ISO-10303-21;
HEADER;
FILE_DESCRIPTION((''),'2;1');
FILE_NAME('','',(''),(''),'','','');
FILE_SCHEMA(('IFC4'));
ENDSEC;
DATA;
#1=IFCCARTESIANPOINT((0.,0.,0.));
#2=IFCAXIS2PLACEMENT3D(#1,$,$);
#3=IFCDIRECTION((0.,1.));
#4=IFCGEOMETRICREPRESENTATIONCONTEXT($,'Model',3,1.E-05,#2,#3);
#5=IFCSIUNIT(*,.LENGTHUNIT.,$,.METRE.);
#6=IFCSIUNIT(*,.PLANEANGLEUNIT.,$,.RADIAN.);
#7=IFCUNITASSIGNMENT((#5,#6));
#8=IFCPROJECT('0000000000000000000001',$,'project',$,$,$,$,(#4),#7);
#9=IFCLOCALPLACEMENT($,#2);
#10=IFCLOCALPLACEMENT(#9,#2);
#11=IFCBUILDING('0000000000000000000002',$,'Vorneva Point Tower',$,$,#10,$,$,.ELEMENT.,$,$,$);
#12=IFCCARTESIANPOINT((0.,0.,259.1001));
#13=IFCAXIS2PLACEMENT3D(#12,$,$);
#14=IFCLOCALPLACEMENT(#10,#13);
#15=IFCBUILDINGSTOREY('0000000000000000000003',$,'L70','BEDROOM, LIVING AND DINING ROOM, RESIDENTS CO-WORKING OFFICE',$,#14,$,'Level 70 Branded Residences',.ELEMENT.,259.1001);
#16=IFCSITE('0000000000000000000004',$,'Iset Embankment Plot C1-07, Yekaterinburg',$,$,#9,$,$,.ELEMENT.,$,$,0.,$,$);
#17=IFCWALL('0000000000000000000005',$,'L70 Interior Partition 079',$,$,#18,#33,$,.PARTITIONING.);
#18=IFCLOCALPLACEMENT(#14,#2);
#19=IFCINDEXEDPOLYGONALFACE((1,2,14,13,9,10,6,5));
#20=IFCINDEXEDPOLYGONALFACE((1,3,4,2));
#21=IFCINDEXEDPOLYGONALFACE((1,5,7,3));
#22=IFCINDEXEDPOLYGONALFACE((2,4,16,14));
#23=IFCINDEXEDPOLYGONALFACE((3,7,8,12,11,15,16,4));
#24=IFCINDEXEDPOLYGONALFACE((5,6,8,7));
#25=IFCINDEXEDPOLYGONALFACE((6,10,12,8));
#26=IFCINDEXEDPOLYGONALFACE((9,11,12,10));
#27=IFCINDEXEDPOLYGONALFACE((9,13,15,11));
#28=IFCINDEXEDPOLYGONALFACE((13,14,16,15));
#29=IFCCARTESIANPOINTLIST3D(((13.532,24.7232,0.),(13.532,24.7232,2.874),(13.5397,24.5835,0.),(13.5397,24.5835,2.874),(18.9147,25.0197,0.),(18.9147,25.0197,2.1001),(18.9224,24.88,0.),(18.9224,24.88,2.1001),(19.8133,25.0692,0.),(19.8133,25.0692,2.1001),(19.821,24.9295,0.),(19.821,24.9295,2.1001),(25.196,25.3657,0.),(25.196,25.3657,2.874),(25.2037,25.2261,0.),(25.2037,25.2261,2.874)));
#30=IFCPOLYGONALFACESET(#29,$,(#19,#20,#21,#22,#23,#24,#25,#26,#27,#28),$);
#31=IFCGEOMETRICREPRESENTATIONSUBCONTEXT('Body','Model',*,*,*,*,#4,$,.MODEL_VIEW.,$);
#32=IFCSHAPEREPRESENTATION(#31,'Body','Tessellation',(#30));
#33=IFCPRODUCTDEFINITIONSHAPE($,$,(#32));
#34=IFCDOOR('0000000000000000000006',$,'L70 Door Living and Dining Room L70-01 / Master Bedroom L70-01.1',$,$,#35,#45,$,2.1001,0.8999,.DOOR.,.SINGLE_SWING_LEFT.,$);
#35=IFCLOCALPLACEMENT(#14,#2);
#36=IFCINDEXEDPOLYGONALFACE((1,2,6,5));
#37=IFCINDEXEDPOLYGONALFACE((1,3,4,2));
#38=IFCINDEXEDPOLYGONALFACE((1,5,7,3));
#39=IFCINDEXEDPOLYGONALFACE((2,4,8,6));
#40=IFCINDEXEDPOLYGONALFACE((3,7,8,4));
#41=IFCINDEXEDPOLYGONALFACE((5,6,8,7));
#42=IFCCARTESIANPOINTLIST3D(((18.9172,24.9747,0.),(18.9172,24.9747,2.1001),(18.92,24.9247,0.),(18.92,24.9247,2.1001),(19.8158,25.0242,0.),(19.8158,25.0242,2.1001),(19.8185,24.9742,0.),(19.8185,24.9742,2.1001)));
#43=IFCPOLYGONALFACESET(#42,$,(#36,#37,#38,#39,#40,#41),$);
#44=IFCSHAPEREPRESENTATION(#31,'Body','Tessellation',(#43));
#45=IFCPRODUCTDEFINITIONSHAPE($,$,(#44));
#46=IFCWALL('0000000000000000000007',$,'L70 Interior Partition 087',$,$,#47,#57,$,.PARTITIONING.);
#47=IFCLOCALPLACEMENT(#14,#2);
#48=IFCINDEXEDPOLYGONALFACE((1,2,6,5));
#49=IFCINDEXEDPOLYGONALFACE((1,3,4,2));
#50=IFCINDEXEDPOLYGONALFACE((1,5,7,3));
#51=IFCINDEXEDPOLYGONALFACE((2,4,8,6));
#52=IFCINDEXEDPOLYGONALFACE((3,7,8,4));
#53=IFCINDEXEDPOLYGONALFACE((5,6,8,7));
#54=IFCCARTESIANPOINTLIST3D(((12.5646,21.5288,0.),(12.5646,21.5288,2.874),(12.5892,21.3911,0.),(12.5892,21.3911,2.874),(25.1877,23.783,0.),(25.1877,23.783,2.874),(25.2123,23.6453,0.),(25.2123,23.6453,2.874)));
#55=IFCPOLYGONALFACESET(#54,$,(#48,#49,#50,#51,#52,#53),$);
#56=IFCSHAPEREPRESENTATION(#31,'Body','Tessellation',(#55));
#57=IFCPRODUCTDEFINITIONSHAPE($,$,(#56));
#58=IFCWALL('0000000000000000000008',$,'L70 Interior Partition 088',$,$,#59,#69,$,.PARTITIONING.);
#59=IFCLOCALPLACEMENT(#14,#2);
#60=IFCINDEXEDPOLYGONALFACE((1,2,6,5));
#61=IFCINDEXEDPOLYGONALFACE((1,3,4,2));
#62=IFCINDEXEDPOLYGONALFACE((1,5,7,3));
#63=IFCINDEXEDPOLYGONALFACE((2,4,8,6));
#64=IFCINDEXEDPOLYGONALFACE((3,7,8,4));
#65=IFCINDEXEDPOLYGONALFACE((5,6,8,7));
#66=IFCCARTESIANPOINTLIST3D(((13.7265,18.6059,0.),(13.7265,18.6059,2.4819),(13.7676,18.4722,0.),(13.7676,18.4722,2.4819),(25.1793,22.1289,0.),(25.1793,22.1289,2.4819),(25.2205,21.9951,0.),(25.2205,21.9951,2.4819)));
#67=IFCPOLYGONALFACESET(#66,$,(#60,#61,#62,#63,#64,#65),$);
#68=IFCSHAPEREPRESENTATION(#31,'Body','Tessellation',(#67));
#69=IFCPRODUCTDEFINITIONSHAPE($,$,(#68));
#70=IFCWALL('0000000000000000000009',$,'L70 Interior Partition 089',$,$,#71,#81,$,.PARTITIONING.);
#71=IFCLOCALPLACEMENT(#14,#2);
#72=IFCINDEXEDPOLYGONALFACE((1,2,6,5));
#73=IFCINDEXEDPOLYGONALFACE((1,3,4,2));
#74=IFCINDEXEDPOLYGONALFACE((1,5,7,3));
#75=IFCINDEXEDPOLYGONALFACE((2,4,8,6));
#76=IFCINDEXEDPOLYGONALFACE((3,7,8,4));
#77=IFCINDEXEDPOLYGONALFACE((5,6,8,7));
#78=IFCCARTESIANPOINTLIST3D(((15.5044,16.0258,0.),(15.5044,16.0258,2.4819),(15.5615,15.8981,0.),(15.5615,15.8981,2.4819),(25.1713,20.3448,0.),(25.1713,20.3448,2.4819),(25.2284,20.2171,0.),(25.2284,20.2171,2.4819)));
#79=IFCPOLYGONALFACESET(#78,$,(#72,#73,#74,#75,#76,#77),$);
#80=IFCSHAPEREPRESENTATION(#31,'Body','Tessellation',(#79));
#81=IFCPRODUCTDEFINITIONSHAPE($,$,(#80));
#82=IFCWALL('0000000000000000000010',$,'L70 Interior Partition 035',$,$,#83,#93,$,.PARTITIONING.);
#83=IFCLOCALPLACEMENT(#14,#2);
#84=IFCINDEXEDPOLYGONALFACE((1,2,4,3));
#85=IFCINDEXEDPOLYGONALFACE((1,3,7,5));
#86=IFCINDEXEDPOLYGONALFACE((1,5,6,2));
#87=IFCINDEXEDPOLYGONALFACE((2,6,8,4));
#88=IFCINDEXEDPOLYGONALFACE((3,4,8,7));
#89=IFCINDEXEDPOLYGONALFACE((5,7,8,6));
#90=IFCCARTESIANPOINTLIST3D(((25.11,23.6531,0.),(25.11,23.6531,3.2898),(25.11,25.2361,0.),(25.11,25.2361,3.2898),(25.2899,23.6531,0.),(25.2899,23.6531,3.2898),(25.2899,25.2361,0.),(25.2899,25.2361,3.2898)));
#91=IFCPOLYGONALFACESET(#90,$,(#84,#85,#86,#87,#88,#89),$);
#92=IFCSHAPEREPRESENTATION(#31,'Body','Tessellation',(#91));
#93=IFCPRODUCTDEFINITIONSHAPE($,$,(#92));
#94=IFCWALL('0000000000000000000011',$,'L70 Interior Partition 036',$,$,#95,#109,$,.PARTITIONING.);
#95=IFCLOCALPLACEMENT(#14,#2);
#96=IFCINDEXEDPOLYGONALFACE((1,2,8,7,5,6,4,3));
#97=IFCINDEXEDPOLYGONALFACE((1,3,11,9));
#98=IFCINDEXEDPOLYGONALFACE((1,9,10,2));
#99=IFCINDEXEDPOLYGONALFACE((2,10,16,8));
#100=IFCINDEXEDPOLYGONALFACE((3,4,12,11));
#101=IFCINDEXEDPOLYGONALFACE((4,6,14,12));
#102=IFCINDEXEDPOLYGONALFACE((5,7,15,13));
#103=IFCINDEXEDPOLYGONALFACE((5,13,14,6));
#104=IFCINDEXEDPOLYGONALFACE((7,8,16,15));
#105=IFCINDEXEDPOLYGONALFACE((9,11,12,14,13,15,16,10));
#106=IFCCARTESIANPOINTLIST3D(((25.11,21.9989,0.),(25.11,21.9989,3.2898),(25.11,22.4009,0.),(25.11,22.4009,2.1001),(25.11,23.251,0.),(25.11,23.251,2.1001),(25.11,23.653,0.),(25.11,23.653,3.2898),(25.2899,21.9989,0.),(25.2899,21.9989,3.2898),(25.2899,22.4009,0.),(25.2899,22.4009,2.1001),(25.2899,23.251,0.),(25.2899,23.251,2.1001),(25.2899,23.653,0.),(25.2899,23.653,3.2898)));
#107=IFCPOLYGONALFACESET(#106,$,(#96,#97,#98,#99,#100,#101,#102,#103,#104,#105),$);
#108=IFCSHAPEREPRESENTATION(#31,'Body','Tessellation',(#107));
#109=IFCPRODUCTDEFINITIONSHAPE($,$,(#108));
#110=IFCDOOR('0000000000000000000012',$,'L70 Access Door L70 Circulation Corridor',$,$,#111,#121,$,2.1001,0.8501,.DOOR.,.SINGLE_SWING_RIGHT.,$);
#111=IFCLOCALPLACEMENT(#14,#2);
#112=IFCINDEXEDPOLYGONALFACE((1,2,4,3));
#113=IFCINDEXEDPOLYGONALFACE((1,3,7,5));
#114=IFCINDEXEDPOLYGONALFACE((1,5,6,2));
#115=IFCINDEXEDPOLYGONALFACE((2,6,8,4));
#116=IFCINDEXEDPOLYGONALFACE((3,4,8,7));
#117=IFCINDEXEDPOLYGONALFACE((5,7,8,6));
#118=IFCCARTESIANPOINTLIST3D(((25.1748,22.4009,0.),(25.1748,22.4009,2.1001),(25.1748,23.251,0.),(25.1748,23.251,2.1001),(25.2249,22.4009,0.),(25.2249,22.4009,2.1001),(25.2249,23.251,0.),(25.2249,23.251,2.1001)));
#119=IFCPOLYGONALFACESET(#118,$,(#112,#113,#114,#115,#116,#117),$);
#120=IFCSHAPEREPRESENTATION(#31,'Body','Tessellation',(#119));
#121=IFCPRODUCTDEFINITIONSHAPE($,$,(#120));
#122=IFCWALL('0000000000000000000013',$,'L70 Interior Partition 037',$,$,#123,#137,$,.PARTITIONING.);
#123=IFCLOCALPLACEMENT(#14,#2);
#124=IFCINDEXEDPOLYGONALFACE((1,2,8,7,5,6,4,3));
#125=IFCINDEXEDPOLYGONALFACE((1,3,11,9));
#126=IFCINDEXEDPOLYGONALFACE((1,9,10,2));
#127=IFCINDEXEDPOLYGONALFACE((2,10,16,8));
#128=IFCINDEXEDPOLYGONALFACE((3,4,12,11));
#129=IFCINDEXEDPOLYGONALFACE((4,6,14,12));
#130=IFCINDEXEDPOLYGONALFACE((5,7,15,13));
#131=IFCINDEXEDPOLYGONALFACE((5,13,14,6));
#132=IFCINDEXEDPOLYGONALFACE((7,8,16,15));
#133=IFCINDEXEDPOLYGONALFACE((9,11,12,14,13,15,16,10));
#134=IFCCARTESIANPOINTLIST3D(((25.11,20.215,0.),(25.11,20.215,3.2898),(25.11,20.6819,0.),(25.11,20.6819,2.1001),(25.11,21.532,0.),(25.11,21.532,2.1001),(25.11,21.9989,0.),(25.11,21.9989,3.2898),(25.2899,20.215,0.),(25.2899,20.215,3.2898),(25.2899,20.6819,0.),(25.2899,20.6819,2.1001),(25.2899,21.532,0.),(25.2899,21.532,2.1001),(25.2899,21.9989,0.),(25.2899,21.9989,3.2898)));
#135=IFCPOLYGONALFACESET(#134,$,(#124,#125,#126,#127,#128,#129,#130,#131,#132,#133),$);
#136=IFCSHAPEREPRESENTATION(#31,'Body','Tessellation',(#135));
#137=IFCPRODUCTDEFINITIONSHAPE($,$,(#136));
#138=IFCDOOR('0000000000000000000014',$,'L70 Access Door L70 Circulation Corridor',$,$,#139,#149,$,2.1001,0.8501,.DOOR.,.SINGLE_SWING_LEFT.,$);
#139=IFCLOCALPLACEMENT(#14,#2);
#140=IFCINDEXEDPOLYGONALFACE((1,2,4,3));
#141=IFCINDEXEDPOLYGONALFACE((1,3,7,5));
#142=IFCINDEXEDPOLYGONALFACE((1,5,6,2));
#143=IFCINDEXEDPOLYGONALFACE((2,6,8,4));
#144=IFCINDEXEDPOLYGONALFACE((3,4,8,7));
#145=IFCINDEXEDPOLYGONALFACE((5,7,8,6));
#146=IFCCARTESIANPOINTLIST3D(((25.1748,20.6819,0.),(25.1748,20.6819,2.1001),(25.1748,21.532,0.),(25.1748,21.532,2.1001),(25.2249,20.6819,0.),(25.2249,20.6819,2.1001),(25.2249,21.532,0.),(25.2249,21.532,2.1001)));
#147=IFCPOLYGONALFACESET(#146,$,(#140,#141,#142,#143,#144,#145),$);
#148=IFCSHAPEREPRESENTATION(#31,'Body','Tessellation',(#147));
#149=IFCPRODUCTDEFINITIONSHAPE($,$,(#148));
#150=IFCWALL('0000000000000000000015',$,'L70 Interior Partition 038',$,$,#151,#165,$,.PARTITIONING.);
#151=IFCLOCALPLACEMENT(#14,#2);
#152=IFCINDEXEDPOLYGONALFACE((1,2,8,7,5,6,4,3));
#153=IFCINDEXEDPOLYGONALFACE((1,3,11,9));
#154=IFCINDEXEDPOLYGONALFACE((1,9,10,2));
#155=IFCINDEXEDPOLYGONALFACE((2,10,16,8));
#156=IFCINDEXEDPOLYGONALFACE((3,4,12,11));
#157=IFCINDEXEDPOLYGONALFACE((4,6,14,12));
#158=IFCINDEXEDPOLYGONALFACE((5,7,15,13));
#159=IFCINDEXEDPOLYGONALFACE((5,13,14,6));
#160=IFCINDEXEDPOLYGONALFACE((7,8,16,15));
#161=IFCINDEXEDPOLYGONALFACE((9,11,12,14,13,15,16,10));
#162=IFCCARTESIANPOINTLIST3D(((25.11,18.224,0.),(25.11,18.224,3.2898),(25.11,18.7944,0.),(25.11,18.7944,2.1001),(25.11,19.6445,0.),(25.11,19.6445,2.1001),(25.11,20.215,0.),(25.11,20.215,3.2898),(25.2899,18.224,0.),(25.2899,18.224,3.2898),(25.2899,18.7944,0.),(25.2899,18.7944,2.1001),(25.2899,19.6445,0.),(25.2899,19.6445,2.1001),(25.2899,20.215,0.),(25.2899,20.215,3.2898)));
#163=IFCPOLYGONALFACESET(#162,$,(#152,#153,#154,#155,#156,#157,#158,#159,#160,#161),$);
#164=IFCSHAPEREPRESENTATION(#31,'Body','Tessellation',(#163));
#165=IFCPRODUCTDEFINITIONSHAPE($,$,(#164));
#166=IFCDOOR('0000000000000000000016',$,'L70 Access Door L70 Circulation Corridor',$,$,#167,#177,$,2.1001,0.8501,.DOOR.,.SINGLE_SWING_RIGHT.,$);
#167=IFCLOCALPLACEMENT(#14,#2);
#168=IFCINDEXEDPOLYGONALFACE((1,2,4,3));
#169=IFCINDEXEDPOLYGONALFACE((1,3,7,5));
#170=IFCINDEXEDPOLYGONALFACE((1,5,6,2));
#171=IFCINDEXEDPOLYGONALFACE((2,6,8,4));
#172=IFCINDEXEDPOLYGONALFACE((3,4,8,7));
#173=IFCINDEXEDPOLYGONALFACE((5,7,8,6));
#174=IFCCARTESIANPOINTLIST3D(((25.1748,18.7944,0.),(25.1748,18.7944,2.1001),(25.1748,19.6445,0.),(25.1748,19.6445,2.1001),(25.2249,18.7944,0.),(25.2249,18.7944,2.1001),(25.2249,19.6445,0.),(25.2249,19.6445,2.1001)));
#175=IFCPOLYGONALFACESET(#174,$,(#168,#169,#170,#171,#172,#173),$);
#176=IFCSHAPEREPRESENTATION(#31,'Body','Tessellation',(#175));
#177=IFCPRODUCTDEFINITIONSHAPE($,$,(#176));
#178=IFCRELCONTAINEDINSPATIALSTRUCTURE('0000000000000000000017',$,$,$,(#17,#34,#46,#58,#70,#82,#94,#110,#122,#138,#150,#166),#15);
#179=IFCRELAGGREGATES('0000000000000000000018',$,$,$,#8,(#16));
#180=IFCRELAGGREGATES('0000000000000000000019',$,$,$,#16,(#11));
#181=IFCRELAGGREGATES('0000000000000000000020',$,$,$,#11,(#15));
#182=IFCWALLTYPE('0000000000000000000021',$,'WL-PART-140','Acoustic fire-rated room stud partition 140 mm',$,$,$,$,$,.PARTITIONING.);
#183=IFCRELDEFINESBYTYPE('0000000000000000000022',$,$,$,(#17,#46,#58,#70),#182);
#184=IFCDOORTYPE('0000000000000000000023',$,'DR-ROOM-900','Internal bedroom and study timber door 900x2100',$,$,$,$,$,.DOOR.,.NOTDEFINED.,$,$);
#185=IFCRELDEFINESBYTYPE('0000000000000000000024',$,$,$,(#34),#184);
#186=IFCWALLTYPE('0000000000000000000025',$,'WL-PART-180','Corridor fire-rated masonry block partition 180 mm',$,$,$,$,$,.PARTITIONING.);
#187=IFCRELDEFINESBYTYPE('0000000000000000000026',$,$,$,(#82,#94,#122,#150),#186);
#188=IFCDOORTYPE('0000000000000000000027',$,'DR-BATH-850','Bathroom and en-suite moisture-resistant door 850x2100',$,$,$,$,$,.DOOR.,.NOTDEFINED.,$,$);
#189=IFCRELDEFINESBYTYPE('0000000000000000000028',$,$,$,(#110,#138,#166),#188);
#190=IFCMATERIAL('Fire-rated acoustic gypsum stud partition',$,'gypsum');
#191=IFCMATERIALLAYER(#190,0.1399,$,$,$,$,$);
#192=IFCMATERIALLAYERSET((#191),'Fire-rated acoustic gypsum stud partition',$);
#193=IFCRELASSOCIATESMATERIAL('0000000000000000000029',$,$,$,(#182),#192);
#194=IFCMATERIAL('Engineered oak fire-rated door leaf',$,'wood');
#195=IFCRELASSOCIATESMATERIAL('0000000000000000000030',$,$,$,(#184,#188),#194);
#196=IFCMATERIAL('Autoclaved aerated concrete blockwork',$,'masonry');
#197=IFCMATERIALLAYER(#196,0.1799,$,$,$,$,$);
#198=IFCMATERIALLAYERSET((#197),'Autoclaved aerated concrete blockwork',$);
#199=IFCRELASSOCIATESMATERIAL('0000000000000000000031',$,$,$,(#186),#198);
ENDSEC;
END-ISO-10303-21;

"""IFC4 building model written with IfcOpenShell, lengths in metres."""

from ifc_helpers import new_model, si_unit, direction, frame, frame_2d, origin, place, context, subcontext, project, spatial, rectangle, extrude, material, layer, layer_set, type_object, element, fill, save


model = new_model("IFC4")

# Units and contexts
model_context = context("Model", 3, precision=1e-05, world=origin(), true_north=direction((0.0, 1.0)))
body_context = subcontext(model_context, "Body", "Model", "MODEL_VIEW")
ifc_project = project(units=[si_unit("LENGTHUNIT", "METRE"), si_unit("PLANEANGLEUNIT", "RADIAN")], contexts=[model_context])

# Site, building, storey
site_placement = place(None, origin())
site = spatial("IfcSite", under=ifc_project, at=site_placement, Name="Iset Embankment Plot C1-07, Yekaterinburg", CompositionType="ELEMENT", RefElevation=0.0)
building_placement = place(site_placement, origin())
building = spatial("IfcBuilding", under=site, at=building_placement, Name="Vorneva Point Tower", CompositionType="ELEMENT")
storey_placement = place(building_placement, frame((0.0, 0.0, 259.1001)))
storey = spatial("IfcBuildingStorey", under=building, at=storey_placement, Name="L70", Description="BEDROOM, LIVING AND DINING ROOM, RESIDENTS CO-WORKING OFFICE", LongName="Level 70 Branded Residences", CompositionType="ELEMENT", Elevation=259.1001)

# Shared definitions
ifc_material_1 = material(Name="Fire-rated acoustic gypsum stud partition", Category="gypsum")

# Wall, opening, door
ifc_layer_1 = layer(ifc_material_1, 0.1399)
ifc_layer_set_1 = layer_set([ifc_layer_1], Name="Fire-rated acoustic gypsum stud partition")
wall_type_1 = type_object("IfcWallType", Name="WL-PART-140", Description="Acoustic fire-rated room stud partition 140 mm", PredefinedType="PARTITIONING", material=ifc_layer_set_1)
wall_1_placement = place(storey_placement, frame((13.5359, 24.6533, 0.0), z_axis=(0.0, 0.0, 1.0), x_axis=(0.998486, 0.055007, 0.0)))
wall_1 = element("IfcWall", 1, at=wall_1_placement, inside=storey, type_object=wall_type_1, Name="L70 Interior Partition 079", PredefinedType="PARTITIONING", context=body_context, shape_type="SweptSolid", body=[
    extrude(rectangle(XDim=11.6816, YDim=0.1399, at=frame_2d((5.8408, 0.0))), origin(), (0.0, 0.0, 1.0), 2.874),
])
opening_1_placement = place(wall_1_placement, frame((5.3909, 0.0, 0.0)))
opening_1 = element("IfcOpeningElement", 2, at=opening_1_placement, cuts=wall_1, PredefinedType="OPENING", context=body_context, shape_type="SweptSolid", body=[
    extrude(rectangle(XDim=0.8999, YDim=2.1001, at=frame_2d((0.45, 1.05))), frame((0.0, 0.085, 0.0), z_axis=(0.0, -1.0, 0.0), x_axis=(1.0, 0.0, 0.0)), (0.0, 0.0, 1.0), 0.1697),
])
ifc_material_2 = material(Name="Engineered oak fire-rated door leaf", Category="wood")
door_type_1 = type_object("IfcDoorType", Name="DR-ROOM-900", Description="Internal bedroom and study timber door 900x2100", OperationType="NOTDEFINED", PredefinedType="DOOR", material=ifc_material_2)
door_1_placement = place(opening_1_placement, origin())
door_1 = element("IfcDoor", 3, at=door_1_placement, inside=storey, type_object=door_type_1, Name="L70 Door Living and Dining Room L70-01 / Master Bedroom L70-01.1", OperationType="SINGLE_SWING_LEFT", OverallHeight=2.1001, OverallWidth=0.8999, PredefinedType="DOOR", context=body_context, shape_type="SweptSolid", body=[
    extrude(rectangle(XDim=0.8999, YDim=2.1001, at=frame_2d((0.45, 1.05))), frame((0.0, 0.0249, 0.0), z_axis=(0.0, -1.0, 0.0), x_axis=(1.0, 0.0, 0.0)), (0.0, 0.0, 1.0), 0.05),
])
fill(opening_1, door_1)

# Walls
wall_2_placement = place(storey_placement, frame((12.5769, 21.46, 0.0), z_axis=(0.0, 0.0, 1.0), x_axis=(0.984427, 0.175793, 0.0)))
element("IfcWall", 4, at=wall_2_placement, inside=storey, type_object=wall_type_1, Name="L70 Interior Partition 087", PredefinedType="PARTITIONING", context=body_context, shape_type="SweptSolid", body=[
    extrude(rectangle(XDim=12.8228, YDim=0.1399, at=frame_2d((6.4114, 0.0))), origin(), (0.0, 0.0, 1.0), 2.874),
])
wall_3_placement = place(storey_placement, frame((13.7471, 18.5391, 0.0), z_axis=(0.0, 0.0, 1.0), x_axis=(0.955803, 0.294009, 0.0)))
element("IfcWall", 5, at=wall_3_placement, inside=storey, type_object=wall_type_1, Name="L70 Interior Partition 088", PredefinedType="PARTITIONING", context=body_context, shape_type="SweptSolid", body=[
    extrude(rectangle(XDim=11.9824, YDim=0.1399, at=frame_2d((5.9912, 0.0))), origin(), (0.0, 0.0, 1.0), 2.4819),
])
wall_4_placement = place(storey_placement, frame((15.533, 15.9619, 0.0), z_axis=(0.0, 0.0, 1.0), x_axis=(0.913016, 0.407924, 0.0)))
element("IfcWall", 6, at=wall_4_placement, inside=storey, type_object=wall_type_1, Name="L70 Interior Partition 089", PredefinedType="PARTITIONING", context=body_context, shape_type="SweptSolid", body=[
    extrude(rectangle(XDim=10.5879, YDim=0.1399, at=frame_2d((5.2939, 0.0))), origin(), (0.0, 0.0, 1.0), 2.4819),
])
ifc_material_3 = material(Name="Autoclaved aerated concrete blockwork", Category="masonry")
ifc_layer_2 = layer(ifc_material_3, 0.1799)
ifc_layer_set_2 = layer_set([ifc_layer_2], Name="Autoclaved aerated concrete blockwork")
wall_type_2 = type_object("IfcWallType", Name="WL-PART-180", Description="Corridor fire-rated masonry block partition 180 mm", PredefinedType="PARTITIONING", material=ifc_layer_set_2)
wall_5_placement = place(storey_placement, frame((25.2, 25.2361, 0.0), z_axis=(0.0, 0.0, 1.0), x_axis=(0.0, -1.0, 0.0)))
element("IfcWall", 7, at=wall_5_placement, inside=storey, type_object=wall_type_2, Name="L70 Interior Partition 035", PredefinedType="PARTITIONING", context=body_context, shape_type="SweptSolid", body=[
    extrude(rectangle(XDim=1.583, YDim=0.1799, at=frame_2d((0.7915, 0.0))), origin(), (0.0, 0.0, 1.0), 3.2898),
])

# Walls, openings, doors
wall_6_placement = place(storey_placement, frame((25.2, 23.6531, 0.0), z_axis=(0.0, 0.0, 1.0), x_axis=(0.0, -1.0, 0.0)))
wall_6 = element("IfcWall", 8, at=wall_6_placement, inside=storey, type_object=wall_type_2, Name="L70 Interior Partition 036", PredefinedType="PARTITIONING", context=body_context, shape_type="SweptSolid", body=[
    extrude(rectangle(XDim=1.6541, YDim=0.1799, at=frame_2d((0.8271, 0.0))), origin(), (0.0, 0.0, 1.0), 3.2898),
])
opening_2_placement = place(wall_6_placement, frame((0.4021, 0.0, 0.0)))
opening_2 = element("IfcOpeningElement", 9, at=opening_2_placement, cuts=wall_6, PredefinedType="OPENING", context=body_context, shape_type="SweptSolid", body=[
    extrude(rectangle(XDim=0.8501, YDim=2.1001, at=frame_2d((0.425, 1.05))), frame((0.0, 0.105, 0.0), z_axis=(0.0, -1.0, 0.0), x_axis=(1.0, 0.0, 0.0)), (0.0, 0.0, 1.0), 0.2097),
])
door_type_2 = type_object("IfcDoorType", Name="DR-BATH-850", Description="Bathroom and en-suite moisture-resistant door 850x2100", OperationType="NOTDEFINED", PredefinedType="DOOR", material=ifc_material_2)
door_2_placement = place(opening_2_placement, origin())
door_2 = element("IfcDoor", 10, at=door_2_placement, inside=storey, type_object=door_type_2, Name="L70 Access Door L70 Circulation Corridor", OperationType="SINGLE_SWING_RIGHT", OverallHeight=2.1001, OverallWidth=0.8501, PredefinedType="DOOR", context=body_context, shape_type="SweptSolid", body=[
    extrude(rectangle(XDim=0.8501, YDim=2.1001, at=frame_2d((0.425, 1.05))), frame((0.0, 0.0249, 0.0), z_axis=(0.0, -1.0, 0.0), x_axis=(1.0, 0.0, 0.0)), (0.0, 0.0, 1.0), 0.05),
])
fill(opening_2, door_2)
wall_7_placement = place(storey_placement, frame((25.2, 21.999, 0.0), z_axis=(0.0, 0.0, 1.0), x_axis=(0.0, -1.0, 0.0)))
wall_7 = element("IfcWall", 11, at=wall_7_placement, inside=storey, type_object=wall_type_2, Name="L70 Interior Partition 037", PredefinedType="PARTITIONING", context=body_context, shape_type="SweptSolid", body=[
    extrude(rectangle(XDim=1.7839, YDim=0.1799, at=frame_2d((0.8921, 0.0))), origin(), (0.0, 0.0, 1.0), 3.2898),
])
opening_3_placement = place(wall_7_placement, frame((0.467, 0.0, 0.0)))
opening_3 = element("IfcOpeningElement", 12, at=opening_3_placement, cuts=wall_7, PredefinedType="OPENING", context=body_context, shape_type="SweptSolid", body=[
    extrude(rectangle(XDim=0.8501, YDim=2.1001, at=frame_2d((0.425, 1.05))), frame((0.0, 0.105, 0.0), z_axis=(0.0, -1.0, 0.0), x_axis=(1.0, 0.0, 0.0)), (0.0, 0.0, 1.0), 0.2097),
])
door_3_placement = place(opening_3_placement, origin())
door_3 = element("IfcDoor", 13, at=door_3_placement, inside=storey, type_object=door_type_2, Name="L70 Access Door L70 Circulation Corridor", OperationType="SINGLE_SWING_LEFT", OverallHeight=2.1001, OverallWidth=0.8501, PredefinedType="DOOR", context=body_context, shape_type="SweptSolid", body=[
    extrude(rectangle(XDim=0.8501, YDim=2.1001, at=frame_2d((0.425, 1.05))), frame((0.0, 0.0249, 0.0), z_axis=(0.0, -1.0, 0.0), x_axis=(1.0, 0.0, 0.0)), (0.0, 0.0, 1.0), 0.05),
])
fill(opening_3, door_3)
wall_8_placement = place(storey_placement, frame((25.2, 20.2151, 0.0), z_axis=(0.0, 0.0, 1.0), x_axis=(0.0, -1.0, 0.0)))
wall_8 = element("IfcWall", 14, at=wall_8_placement, inside=storey, type_object=wall_type_2, Name="L70 Interior Partition 038", PredefinedType="PARTITIONING", context=body_context, shape_type="SweptSolid", body=[
    extrude(rectangle(XDim=1.991, YDim=0.1799, at=frame_2d((0.9956, 0.0))), origin(), (0.0, 0.0, 1.0), 3.2898),
])
opening_4_placement = place(wall_8_placement, frame((0.5706, 0.0, 0.0)))
opening_4 = element("IfcOpeningElement", 15, at=opening_4_placement, cuts=wall_8, PredefinedType="OPENING", context=body_context, shape_type="SweptSolid", body=[
    extrude(rectangle(XDim=0.8501, YDim=2.1001, at=frame_2d((0.425, 1.05))), frame((0.0, 0.105, 0.0), z_axis=(0.0, -1.0, 0.0), x_axis=(1.0, 0.0, 0.0)), (0.0, 0.0, 1.0), 0.2097),
])
door_4_placement = place(opening_4_placement, origin())
door_4 = element("IfcDoor", 16, at=door_4_placement, inside=storey, type_object=door_type_2, Name="L70 Access Door L70 Circulation Corridor", OperationType="SINGLE_SWING_RIGHT", OverallHeight=2.1001, OverallWidth=0.8501, PredefinedType="DOOR", context=body_context, shape_type="SweptSolid", body=[
    extrude(rectangle(XDim=0.8501, YDim=2.1001, at=frame_2d((0.425, 1.05))), frame((0.0, 0.0249, 0.0), z_axis=(0.0, -1.0, 0.0), x_axis=(1.0, 0.0, 0.0)), (0.0, 0.0, 1.0), 0.05),
])
fill(opening_4, door_4)

save(model, "model.ifc")
